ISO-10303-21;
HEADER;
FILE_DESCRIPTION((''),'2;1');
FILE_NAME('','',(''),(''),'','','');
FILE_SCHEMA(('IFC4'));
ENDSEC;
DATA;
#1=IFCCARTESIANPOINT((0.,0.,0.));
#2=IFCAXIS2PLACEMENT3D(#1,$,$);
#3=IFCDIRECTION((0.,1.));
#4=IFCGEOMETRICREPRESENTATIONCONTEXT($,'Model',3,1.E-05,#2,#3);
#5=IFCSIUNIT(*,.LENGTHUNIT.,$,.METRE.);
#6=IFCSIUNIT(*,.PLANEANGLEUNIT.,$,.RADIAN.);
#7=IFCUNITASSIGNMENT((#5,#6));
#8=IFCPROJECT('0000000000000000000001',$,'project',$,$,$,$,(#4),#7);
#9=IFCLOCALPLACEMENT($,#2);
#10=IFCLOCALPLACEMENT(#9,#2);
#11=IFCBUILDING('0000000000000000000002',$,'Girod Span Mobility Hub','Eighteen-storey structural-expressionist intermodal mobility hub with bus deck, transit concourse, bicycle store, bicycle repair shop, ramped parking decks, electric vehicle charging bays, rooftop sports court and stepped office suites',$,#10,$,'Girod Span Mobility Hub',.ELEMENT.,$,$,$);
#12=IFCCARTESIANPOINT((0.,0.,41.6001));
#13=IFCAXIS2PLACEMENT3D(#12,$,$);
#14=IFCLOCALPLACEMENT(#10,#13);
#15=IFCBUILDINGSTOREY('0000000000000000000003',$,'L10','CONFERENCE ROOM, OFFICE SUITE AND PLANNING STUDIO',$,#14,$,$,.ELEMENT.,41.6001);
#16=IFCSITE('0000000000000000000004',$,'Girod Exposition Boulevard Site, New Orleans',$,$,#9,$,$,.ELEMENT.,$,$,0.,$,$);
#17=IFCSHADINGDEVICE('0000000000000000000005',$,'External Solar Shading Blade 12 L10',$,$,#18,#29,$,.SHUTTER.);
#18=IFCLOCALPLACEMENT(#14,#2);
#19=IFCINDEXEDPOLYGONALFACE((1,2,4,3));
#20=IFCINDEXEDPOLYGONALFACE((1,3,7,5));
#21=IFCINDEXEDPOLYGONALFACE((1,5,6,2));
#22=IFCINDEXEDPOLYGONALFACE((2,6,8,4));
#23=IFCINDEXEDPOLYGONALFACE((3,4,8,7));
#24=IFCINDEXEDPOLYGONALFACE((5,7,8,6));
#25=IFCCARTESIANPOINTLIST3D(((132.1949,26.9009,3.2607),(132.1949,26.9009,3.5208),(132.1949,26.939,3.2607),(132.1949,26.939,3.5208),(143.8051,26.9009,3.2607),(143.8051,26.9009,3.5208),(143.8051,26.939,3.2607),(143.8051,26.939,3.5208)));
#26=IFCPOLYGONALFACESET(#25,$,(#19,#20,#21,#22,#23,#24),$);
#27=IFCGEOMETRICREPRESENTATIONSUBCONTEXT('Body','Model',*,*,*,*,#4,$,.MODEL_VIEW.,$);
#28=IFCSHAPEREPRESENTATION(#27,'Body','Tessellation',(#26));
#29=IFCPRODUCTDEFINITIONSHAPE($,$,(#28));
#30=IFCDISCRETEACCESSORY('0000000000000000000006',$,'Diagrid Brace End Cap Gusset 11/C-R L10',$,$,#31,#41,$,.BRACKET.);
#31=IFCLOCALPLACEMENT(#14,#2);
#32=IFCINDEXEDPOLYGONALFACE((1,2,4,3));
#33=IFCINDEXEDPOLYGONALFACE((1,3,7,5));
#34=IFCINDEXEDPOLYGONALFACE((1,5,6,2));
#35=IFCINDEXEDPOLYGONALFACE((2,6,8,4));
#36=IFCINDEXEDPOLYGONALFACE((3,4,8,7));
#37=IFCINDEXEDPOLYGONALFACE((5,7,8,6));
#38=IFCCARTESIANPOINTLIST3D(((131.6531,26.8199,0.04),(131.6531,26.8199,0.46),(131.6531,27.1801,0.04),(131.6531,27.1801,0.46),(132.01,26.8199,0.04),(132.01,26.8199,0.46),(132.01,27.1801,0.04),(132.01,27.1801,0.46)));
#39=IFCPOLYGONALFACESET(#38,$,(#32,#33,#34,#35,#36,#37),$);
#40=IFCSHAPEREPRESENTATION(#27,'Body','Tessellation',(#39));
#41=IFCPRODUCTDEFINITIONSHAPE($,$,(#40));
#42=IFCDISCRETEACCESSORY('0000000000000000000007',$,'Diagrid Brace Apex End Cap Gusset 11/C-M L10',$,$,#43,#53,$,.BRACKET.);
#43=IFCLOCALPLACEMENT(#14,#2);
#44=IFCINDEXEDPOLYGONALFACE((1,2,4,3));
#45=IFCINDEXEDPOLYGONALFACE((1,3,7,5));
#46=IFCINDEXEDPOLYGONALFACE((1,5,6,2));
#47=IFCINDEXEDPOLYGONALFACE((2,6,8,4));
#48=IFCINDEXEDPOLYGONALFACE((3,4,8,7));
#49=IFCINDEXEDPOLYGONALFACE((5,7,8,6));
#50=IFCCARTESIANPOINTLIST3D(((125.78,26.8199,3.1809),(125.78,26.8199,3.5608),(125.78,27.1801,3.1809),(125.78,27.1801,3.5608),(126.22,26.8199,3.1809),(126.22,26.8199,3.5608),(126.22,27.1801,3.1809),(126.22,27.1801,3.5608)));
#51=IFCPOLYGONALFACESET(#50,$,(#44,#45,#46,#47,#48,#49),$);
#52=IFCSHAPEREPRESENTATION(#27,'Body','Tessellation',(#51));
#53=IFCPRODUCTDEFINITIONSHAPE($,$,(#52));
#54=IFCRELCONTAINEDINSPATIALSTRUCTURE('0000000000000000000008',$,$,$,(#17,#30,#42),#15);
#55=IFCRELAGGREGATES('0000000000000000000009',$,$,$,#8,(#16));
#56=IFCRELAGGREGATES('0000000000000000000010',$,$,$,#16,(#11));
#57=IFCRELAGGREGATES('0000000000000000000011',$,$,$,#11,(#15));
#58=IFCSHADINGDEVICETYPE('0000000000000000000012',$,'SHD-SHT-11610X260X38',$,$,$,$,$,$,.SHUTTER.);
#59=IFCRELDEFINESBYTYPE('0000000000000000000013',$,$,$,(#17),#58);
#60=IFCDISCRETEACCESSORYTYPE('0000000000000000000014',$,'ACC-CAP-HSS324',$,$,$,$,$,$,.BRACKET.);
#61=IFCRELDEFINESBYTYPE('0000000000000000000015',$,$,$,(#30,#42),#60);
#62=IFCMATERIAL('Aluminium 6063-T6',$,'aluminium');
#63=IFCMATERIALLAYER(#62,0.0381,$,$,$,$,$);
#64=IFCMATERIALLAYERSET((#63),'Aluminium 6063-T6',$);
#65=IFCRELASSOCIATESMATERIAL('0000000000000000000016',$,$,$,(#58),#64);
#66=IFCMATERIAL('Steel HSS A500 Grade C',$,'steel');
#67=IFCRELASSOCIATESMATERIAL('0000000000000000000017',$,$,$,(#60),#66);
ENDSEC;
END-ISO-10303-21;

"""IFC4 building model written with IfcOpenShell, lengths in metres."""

from ifc_helpers import new_model, si_unit, direction, frame, origin, origin_2d, place, context, subcontext, project, spatial, rectangle, extrude, material, layer, layer_set, type_object, element, save


model = new_model("IFC4")

# Units and contexts
model_context = context("Model", 3, precision=1e-05, world=origin(), true_north=direction((0.0, 1.0)))
body_context = subcontext(model_context, "Body", "Model", "MODEL_VIEW")
ifc_project = project(units=[si_unit("LENGTHUNIT", "METRE"), si_unit("PLANEANGLEUNIT", "RADIAN")], contexts=[model_context])

# Site, building, storey
site_placement = place(None, origin())
site = spatial("IfcSite", under=ifc_project, at=site_placement, Name="Girod Exposition Boulevard Site, New Orleans", CompositionType="ELEMENT", RefElevation=0.0)
building_placement = place(site_placement, origin())
building = spatial("IfcBuilding", under=site, at=building_placement, Name="Girod Span Mobility Hub", Description="Eighteen-storey structural-expressionist intermodal mobility hub with bus deck, transit concourse, bicycle store, bicycle repair shop, ramped parking decks, electric vehicle charging bays, rooftop sports court and stepped office suites", LongName="Girod Span Mobility Hub", CompositionType="ELEMENT")
storey_placement = place(building_placement, frame((0.0, 0.0, 41.6001)))
storey = spatial("IfcBuildingStorey", under=building, at=storey_placement, Name="L10", Description="CONFERENCE ROOM, OFFICE SUITE AND PLANNING STUDIO", CompositionType="ELEMENT", Elevation=41.6001)

# Shading device
ifc_material_1 = material(Name="Aluminium 6063-T6", Category="aluminium")
ifc_layer_1 = layer(ifc_material_1, 0.0381)
ifc_layer_set_1 = layer_set([ifc_layer_1], Name="Aluminium 6063-T6")
shading_device_type = type_object("IfcShadingDeviceType", Name="SHD-SHT-11610X260X38", PredefinedType="SHUTTER", material=ifc_layer_set_1)
for number, where, z_axis, x_axis, name in (
    (1, (138.0, 26.9199, 3.2607), (0.0, 0.0, 1.0), (1.0, 0.0, 0.0), "External Solar Shading Blade 12 L10"),
):
    element("IfcShadingDevice", number, at=place(storey_placement, frame(where, z_axis=z_axis, x_axis=x_axis)), inside=storey, type_object=shading_device_type, Name=name, PredefinedType="SHUTTER", context=body_context, shape_type="SweptSolid", body=[
        extrude(rectangle(XDim=11.6101, YDim=0.0381, at=origin_2d()), origin(), (0.0, 0.0, 1.0), 0.26),
    ])

# Discrete accessories
ifc_material_2 = material(Name="Steel HSS A500 Grade C", Category="steel")
discrete_accessory_type = type_object("IfcDiscreteAccessoryType", Name="ACC-CAP-HSS324", PredefinedType="BRACKET", material=ifc_material_2)
discrete_accessory_1_placement = place(storey_placement, frame((131.8315, 27.0, 0.04), z_axis=(0.0, 0.0, 1.0), x_axis=(1.0, 0.0, 0.0)))
element("IfcDiscreteAccessory", 2, at=discrete_accessory_1_placement, inside=storey, type_object=discrete_accessory_type, Name="Diagrid Brace End Cap Gusset 11/C-R L10", PredefinedType="BRACKET", context=body_context, shape_type="SweptSolid", body=[
    extrude(rectangle(XDim=0.3569, YDim=0.3601, at=origin_2d()), origin(), (0.0, 0.0, 1.0), 0.4199),
])
discrete_accessory_2_placement = place(storey_placement, frame((126.0, 27.0, 3.1809), z_axis=(0.0, 0.0, 1.0), x_axis=(1.0, 0.0, 0.0)))
element("IfcDiscreteAccessory", 3, at=discrete_accessory_2_placement, inside=storey, type_object=discrete_accessory_type, Name="Diagrid Brace Apex End Cap Gusset 11/C-M L10", PredefinedType="BRACKET", context=body_context, shape_type="SweptSolid", body=[
    extrude(rectangle(XDim=0.4399, YDim=0.3601, at=origin_2d()), origin(), (0.0, 0.0, 1.0), 0.3799),
])

save(model, "model.ifc")
